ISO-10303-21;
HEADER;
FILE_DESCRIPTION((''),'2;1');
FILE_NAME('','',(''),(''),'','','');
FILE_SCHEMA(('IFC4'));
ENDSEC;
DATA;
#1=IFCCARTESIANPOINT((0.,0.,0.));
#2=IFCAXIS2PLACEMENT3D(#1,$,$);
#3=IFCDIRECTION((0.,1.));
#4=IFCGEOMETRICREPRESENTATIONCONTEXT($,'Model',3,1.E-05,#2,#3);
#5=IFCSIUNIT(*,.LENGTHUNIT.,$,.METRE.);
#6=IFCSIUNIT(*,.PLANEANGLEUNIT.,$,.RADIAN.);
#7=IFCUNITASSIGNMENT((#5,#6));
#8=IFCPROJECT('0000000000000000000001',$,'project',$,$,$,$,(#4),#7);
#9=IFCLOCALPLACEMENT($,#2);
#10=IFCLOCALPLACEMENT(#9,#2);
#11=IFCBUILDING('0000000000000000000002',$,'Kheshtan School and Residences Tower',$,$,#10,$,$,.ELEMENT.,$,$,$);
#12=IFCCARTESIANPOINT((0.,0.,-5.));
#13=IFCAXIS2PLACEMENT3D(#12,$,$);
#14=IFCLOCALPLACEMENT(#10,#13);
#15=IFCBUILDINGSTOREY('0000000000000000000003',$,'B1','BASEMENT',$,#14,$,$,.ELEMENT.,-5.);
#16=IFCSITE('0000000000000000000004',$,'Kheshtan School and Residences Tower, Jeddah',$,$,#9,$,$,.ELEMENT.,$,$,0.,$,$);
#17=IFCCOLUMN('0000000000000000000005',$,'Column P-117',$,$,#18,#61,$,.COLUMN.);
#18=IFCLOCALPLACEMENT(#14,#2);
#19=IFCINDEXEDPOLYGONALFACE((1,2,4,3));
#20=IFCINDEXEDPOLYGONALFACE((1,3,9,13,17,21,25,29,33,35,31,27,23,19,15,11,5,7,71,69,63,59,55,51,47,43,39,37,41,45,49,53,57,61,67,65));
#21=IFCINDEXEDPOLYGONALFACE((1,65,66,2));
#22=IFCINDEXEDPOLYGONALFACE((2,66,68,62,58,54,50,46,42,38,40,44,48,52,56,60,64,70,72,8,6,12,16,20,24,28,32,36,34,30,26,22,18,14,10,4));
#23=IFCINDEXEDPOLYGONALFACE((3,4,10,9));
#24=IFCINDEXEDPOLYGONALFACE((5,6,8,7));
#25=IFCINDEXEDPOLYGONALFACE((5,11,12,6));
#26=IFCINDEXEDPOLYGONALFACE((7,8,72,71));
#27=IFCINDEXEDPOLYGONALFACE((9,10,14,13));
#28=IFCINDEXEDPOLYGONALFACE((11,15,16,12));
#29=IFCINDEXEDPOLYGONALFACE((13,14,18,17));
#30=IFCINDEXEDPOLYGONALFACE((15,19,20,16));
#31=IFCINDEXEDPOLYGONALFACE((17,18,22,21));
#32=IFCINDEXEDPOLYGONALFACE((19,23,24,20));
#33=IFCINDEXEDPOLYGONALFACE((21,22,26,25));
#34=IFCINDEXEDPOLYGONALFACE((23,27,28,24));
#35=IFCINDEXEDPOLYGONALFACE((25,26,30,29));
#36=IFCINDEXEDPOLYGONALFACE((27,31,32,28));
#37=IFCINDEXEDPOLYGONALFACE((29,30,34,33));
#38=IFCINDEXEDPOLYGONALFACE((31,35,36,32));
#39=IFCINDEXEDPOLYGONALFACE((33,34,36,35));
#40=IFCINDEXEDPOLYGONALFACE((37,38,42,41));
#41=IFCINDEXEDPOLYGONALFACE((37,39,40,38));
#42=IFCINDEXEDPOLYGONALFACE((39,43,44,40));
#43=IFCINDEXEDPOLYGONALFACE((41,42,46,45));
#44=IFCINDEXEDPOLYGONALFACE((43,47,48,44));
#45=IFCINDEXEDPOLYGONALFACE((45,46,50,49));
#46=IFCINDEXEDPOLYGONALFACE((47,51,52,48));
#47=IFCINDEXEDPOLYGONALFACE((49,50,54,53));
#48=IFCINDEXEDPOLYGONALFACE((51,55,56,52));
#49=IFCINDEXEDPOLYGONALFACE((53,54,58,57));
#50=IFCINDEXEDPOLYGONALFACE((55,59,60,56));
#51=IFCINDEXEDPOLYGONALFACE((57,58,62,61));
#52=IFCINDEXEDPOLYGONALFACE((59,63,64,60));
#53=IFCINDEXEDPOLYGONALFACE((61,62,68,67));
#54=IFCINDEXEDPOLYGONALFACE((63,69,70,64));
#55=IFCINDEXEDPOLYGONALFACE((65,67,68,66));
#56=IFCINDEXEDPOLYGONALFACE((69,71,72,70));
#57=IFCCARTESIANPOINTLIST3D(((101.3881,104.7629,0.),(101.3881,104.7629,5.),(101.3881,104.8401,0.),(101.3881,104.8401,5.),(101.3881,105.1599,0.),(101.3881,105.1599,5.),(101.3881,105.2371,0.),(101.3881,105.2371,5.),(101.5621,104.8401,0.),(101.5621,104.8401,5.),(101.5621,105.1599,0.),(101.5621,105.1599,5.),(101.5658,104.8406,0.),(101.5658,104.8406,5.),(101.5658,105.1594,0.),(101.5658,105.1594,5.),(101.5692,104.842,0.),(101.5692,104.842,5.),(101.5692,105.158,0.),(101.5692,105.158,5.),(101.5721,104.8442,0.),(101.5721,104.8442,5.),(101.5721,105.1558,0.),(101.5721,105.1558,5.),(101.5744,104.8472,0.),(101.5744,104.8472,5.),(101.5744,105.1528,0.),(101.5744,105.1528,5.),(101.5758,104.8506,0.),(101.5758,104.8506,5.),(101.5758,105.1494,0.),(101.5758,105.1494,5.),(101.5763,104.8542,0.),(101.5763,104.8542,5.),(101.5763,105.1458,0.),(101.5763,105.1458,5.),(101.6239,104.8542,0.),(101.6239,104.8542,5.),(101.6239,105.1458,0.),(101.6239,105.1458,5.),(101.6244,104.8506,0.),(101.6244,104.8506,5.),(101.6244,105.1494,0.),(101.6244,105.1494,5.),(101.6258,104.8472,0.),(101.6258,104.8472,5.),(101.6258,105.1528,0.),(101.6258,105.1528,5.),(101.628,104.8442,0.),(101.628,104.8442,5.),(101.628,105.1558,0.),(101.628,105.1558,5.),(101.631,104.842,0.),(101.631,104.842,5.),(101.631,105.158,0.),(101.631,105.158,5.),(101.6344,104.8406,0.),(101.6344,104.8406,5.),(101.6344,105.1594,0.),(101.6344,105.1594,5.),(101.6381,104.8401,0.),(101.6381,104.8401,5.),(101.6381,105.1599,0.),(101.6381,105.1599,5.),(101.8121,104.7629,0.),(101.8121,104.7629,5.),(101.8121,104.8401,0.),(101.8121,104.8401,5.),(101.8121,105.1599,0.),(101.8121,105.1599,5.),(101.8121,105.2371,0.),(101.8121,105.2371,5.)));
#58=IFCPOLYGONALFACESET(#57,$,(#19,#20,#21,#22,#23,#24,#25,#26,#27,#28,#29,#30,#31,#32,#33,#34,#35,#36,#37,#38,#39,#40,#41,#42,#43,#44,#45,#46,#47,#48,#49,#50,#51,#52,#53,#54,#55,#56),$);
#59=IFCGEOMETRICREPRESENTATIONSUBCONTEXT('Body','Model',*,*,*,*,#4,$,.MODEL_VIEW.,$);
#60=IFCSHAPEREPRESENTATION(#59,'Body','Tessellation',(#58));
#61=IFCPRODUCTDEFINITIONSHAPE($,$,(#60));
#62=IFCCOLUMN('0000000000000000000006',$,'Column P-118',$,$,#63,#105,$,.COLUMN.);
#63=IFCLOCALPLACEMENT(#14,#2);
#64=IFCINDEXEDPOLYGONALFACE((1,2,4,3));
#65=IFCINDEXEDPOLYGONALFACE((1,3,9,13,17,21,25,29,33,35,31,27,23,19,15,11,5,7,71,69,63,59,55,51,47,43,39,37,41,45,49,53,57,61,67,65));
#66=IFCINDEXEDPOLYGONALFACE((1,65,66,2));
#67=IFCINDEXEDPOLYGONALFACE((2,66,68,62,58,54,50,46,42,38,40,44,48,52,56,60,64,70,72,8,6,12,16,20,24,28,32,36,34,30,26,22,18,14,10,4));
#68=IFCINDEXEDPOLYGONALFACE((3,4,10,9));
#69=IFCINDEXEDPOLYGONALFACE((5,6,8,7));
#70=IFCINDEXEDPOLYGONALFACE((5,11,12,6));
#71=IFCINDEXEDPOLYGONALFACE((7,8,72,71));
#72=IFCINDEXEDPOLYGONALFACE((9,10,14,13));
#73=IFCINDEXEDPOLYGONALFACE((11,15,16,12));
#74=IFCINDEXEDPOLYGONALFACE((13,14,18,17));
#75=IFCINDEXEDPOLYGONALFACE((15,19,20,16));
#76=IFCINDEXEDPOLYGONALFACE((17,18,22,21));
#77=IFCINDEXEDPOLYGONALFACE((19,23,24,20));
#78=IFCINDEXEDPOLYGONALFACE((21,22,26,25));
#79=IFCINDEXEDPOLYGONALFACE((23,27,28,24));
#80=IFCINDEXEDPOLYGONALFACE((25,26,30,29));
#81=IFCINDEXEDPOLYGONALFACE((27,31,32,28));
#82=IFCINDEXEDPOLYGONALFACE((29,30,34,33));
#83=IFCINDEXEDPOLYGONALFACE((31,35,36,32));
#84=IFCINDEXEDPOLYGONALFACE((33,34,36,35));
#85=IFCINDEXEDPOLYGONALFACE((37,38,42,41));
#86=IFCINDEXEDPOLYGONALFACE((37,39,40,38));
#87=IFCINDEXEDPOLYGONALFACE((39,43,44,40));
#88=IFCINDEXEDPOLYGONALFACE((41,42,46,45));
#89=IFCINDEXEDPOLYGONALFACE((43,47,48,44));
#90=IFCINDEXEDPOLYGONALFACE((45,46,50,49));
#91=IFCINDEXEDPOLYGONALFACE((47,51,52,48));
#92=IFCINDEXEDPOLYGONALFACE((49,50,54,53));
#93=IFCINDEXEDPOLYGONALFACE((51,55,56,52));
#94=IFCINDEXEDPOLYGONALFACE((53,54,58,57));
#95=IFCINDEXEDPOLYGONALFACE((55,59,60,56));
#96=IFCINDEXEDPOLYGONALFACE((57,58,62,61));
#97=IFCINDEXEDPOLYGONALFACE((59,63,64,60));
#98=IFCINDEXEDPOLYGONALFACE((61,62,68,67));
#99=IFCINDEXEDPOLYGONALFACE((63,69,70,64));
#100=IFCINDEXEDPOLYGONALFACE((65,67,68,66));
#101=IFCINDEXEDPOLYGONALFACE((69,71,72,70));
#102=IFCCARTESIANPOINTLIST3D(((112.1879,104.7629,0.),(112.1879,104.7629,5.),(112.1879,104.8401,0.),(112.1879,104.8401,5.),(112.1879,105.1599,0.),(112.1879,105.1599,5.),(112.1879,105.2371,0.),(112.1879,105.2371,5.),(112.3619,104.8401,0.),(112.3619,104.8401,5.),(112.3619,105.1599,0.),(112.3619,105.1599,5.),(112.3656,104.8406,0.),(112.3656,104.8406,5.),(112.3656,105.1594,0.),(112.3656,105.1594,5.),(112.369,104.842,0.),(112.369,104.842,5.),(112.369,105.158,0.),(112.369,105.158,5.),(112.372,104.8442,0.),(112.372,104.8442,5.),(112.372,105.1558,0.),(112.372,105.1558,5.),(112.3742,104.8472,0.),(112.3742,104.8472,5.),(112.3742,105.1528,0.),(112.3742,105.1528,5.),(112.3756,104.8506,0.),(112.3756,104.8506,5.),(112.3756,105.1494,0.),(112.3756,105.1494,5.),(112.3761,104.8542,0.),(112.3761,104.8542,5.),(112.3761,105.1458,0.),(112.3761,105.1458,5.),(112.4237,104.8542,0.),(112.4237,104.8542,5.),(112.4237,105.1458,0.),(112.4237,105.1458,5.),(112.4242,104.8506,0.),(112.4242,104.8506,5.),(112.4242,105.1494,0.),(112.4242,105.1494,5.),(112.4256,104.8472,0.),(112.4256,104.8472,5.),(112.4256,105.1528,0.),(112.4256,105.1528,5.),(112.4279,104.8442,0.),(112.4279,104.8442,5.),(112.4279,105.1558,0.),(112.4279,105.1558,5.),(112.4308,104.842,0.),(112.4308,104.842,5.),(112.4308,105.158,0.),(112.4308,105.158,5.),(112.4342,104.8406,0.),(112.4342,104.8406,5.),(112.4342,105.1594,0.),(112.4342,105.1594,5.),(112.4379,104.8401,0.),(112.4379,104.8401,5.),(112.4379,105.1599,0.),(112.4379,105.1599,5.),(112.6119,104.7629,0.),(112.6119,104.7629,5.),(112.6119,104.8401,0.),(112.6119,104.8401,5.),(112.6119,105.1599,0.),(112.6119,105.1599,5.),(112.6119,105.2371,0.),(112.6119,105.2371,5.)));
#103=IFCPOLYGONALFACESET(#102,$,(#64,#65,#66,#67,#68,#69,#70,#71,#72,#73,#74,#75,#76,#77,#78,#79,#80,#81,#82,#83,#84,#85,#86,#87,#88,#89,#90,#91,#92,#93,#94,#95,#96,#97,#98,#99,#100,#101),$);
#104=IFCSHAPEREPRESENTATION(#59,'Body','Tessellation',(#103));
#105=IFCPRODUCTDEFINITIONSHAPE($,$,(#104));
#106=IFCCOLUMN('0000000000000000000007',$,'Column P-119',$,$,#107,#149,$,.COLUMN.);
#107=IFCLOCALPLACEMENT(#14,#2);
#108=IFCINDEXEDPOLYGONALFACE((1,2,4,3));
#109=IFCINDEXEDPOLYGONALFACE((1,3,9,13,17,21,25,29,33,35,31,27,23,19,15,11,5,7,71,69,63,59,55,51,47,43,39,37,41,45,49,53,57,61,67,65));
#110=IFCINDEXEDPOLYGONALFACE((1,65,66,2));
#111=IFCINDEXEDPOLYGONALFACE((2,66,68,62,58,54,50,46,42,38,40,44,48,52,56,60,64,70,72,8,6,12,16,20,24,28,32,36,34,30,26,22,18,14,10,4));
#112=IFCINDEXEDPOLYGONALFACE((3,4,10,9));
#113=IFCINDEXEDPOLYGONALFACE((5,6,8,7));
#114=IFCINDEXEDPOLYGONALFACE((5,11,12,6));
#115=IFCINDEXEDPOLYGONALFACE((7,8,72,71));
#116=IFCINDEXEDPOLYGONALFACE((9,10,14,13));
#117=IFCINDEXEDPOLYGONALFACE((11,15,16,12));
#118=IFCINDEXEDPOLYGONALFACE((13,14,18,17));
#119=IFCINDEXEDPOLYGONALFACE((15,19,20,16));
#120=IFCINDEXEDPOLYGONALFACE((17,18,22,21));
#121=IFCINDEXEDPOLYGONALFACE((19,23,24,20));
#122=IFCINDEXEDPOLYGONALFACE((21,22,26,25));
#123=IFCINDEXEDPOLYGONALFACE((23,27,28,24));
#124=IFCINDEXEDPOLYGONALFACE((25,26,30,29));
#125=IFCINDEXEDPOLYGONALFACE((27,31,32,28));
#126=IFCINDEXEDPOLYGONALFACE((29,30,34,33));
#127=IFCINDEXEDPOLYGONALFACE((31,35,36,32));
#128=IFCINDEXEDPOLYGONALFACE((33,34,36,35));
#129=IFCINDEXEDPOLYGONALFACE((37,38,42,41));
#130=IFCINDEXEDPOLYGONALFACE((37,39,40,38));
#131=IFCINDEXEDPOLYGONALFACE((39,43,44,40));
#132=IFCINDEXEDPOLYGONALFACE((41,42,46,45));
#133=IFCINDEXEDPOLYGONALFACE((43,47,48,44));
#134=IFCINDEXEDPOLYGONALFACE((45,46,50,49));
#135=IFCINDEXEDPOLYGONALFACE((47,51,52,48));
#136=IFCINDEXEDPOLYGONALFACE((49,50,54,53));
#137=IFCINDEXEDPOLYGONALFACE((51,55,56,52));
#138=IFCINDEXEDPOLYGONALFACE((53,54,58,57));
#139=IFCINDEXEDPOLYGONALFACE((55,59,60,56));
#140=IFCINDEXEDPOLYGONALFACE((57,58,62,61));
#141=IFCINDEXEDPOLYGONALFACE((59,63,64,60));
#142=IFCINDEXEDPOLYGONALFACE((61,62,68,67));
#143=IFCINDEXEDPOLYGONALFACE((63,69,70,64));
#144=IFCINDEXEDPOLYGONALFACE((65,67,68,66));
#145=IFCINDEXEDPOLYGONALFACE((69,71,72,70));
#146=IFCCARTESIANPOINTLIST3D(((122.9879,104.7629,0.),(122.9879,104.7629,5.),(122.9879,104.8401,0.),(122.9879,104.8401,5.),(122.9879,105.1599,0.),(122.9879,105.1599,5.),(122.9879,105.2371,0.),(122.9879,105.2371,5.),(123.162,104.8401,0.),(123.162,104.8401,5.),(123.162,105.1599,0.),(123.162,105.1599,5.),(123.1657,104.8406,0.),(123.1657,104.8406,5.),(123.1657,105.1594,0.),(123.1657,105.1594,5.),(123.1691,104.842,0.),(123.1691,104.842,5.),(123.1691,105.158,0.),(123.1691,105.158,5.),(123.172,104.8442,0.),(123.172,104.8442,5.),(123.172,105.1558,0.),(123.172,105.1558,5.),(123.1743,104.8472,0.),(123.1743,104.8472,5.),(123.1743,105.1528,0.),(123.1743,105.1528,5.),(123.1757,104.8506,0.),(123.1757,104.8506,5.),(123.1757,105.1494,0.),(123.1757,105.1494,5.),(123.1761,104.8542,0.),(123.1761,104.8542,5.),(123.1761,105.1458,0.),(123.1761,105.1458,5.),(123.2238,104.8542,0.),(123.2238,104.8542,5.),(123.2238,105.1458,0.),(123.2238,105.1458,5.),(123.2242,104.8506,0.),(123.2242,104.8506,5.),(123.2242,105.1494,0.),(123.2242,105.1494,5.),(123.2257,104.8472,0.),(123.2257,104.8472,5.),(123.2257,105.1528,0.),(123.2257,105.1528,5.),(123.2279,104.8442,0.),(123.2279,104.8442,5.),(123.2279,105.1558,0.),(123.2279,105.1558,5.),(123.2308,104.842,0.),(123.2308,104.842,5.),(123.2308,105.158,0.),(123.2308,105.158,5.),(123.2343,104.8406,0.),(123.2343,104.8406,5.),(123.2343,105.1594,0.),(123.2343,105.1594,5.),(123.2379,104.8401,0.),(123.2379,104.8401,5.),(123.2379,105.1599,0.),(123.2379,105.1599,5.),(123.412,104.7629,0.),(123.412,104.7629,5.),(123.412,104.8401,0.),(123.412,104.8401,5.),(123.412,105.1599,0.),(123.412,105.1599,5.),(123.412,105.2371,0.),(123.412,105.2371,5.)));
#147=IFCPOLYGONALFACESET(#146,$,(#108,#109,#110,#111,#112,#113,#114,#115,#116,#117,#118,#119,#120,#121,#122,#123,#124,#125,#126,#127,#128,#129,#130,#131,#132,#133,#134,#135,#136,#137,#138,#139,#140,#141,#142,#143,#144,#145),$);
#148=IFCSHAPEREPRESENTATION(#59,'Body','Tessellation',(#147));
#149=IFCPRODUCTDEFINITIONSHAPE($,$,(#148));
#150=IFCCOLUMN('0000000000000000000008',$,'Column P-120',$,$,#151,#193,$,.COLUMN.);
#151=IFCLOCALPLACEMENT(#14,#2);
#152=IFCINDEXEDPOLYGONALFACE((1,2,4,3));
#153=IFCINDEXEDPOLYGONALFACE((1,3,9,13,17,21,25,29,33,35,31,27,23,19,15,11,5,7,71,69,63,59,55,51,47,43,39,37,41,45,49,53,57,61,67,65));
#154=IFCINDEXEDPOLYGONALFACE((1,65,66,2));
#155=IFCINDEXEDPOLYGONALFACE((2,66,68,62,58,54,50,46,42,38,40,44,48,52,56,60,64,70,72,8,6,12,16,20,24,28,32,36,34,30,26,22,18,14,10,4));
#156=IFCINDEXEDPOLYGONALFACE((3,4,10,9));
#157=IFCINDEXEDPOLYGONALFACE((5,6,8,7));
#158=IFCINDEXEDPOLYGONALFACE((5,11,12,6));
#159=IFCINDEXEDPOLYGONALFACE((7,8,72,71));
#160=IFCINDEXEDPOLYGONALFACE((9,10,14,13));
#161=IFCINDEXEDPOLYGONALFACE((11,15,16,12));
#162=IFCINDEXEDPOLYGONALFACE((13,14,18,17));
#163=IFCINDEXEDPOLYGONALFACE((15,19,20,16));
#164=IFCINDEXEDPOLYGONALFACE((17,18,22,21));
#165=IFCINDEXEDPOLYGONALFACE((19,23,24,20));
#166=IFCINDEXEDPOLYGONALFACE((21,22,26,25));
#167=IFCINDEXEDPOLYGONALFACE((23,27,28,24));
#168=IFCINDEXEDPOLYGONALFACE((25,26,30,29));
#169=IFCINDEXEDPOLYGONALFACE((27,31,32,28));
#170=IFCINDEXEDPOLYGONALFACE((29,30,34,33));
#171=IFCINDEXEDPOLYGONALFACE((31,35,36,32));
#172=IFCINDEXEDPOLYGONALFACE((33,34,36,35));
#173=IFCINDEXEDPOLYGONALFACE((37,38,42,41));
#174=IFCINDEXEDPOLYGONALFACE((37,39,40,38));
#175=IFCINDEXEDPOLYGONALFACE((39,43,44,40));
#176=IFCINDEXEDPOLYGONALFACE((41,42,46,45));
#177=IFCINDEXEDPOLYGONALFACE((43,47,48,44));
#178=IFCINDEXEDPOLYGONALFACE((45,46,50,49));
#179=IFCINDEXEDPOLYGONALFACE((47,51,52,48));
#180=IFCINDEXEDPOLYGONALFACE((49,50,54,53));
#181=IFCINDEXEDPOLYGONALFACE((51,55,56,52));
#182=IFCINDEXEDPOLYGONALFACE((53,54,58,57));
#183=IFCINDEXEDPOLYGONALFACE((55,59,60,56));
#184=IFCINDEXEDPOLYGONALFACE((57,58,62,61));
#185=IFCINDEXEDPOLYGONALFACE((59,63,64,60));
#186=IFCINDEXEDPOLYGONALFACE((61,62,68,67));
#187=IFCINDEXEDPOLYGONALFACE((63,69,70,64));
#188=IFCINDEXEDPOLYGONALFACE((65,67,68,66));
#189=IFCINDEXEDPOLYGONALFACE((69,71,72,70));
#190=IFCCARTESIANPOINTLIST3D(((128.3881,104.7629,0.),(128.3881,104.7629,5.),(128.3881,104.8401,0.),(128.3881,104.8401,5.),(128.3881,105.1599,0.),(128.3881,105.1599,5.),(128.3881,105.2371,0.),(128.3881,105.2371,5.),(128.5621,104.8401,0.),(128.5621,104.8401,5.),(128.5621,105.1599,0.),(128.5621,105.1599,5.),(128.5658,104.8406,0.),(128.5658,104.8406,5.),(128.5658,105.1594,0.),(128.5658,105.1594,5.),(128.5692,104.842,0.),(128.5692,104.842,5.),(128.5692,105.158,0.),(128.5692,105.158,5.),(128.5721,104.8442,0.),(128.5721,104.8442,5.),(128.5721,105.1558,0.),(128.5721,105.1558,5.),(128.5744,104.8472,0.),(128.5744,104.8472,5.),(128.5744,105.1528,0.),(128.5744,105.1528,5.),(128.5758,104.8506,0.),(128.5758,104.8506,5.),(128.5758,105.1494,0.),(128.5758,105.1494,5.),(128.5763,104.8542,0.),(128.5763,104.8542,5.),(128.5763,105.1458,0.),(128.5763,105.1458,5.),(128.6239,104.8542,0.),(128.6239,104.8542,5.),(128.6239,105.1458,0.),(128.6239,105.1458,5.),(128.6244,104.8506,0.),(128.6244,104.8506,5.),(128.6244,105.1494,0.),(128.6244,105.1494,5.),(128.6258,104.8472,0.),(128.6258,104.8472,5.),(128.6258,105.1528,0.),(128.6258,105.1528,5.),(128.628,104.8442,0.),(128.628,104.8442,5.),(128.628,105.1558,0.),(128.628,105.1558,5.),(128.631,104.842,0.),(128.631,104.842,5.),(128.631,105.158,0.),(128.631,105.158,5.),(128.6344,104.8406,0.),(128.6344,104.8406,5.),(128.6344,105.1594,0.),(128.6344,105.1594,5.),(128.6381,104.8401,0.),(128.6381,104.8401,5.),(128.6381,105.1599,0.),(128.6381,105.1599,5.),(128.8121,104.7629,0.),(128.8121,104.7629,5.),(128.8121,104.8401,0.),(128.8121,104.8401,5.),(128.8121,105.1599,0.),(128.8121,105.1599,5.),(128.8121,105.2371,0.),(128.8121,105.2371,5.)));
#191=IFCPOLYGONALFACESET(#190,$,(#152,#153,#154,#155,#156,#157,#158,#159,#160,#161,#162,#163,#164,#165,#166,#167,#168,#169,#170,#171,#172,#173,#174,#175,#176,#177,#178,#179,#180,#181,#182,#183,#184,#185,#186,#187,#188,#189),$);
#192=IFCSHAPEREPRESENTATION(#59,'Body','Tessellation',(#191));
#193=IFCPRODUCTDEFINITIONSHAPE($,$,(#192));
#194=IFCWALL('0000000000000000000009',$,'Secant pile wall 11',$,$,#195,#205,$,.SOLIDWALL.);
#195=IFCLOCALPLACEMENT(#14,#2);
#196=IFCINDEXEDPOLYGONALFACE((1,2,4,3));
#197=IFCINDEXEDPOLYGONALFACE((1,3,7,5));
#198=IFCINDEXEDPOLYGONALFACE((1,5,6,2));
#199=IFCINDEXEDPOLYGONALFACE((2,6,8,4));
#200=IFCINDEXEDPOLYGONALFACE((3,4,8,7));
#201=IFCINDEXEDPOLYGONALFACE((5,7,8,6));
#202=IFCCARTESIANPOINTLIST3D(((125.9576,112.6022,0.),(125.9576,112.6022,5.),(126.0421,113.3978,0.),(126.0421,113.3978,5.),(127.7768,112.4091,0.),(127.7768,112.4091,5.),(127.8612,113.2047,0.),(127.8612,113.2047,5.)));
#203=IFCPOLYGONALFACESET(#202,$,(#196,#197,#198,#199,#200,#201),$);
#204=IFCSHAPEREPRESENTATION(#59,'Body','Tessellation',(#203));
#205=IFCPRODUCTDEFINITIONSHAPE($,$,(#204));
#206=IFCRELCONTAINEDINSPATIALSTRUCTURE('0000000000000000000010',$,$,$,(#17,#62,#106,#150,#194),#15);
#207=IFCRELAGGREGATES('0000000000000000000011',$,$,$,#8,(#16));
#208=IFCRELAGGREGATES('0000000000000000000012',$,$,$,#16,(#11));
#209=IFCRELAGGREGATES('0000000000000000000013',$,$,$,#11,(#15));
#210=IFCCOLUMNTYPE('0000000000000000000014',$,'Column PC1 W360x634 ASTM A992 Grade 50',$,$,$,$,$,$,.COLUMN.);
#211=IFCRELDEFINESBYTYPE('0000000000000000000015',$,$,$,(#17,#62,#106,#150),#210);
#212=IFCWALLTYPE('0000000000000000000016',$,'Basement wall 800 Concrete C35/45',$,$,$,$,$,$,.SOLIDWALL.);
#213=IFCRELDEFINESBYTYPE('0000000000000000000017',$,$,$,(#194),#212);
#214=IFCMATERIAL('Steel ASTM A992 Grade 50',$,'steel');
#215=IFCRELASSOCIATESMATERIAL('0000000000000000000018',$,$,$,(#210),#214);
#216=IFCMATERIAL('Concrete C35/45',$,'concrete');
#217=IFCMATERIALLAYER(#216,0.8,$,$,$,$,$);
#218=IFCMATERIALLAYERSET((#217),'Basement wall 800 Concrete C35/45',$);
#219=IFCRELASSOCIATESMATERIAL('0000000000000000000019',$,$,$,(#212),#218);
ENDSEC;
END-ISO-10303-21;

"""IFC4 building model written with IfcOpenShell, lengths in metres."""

from ifc_helpers import new_model, si_unit, direction, frame, frame_2d, origin, origin_2d, place, context, subcontext, project, spatial, rectangle, i_section, extrude, material, layer, layer_set, material_profile, profile_set, type_object, element, save


model = new_model("IFC4")

# Units and contexts
model_context = context("Model", 3, precision=1e-05, world=origin(), true_north=direction((0.0, 1.0)))
body_context = subcontext(model_context, "Body", "Model", "MODEL_VIEW")
ifc_project = project(units=[si_unit("LENGTHUNIT", "METRE"), si_unit("PLANEANGLEUNIT", "RADIAN")], contexts=[model_context])

# Site, building, storey
site_placement = place(None, origin())
site = spatial("IfcSite", under=ifc_project, at=site_placement, Name="Kheshtan School and Residences Tower, Jeddah", CompositionType="ELEMENT", RefElevation=0.0)
building_placement = place(site_placement, origin())
building = spatial("IfcBuilding", under=site, at=building_placement, Name="Kheshtan School and Residences Tower", CompositionType="ELEMENT")
storey_placement = place(building_placement, frame((0.0, 0.0, -5.0)))
storey = spatial("IfcBuildingStorey", under=building, at=storey_placement, Name="B1", Description="BASEMENT", CompositionType="ELEMENT", Elevation=-5.0)

# Columns
ifc_material_1 = material(Name="Steel ASTM A992 Grade 50", Category="steel")
ifc_material_profile = material_profile(ifc_material_1, i_section(OverallWidth=0.4241, OverallDepth=0.4741, WebThickness=0.0476, FlangeThickness=0.0771, FilletRadius=0.0142, at=origin_2d()), Name="W360x634")
ifc_profile_set = profile_set([ifc_material_profile], Name="Steel ASTM A992 Grade 50")
column_type = type_object("IfcColumnType", Name="Column PC1 W360x634 ASTM A992 Grade 50", PredefinedType="COLUMN", material=ifc_profile_set)
for number, where, z_axis, x_axis, name in (
    (1, (101.6001, 105.0, 0.0), (0.0, 0.0, 1.0), (1.0, 0.0, 0.0), "Column P-117"),
    (2, (112.3999, 105.0, 0.0), (0.0, 0.0, 1.0), (1.0, 0.0, 0.0), "Column P-118"),
    (3, (123.2, 105.0, 0.0), (0.0, 0.0, 1.0), (1.0, 0.0, 0.0), "Column P-119"),
    (4, (128.6001, 105.0, 0.0), (0.0, 0.0, 1.0), (1.0, 0.0, 0.0), "Column P-120"),
):
    element("IfcColumn", number, at=place(storey_placement, frame(where, z_axis=z_axis, x_axis=x_axis)), inside=storey, type_object=column_type, Name=name, PredefinedType="COLUMN", context=body_context, shape_type="SweptSolid", body=[
        extrude(i_section(OverallWidth=0.4241, OverallDepth=0.4741, WebThickness=0.0476, FlangeThickness=0.0771, FilletRadius=0.0142, at=origin_2d()), origin(), (0.0, 0.0, 1.0), 5.0),
    ])

# Wall
ifc_material_2 = material(Name="Concrete C35/45", Category="concrete")
ifc_layer = layer(ifc_material_2, 0.8)
ifc_layer_set = layer_set([ifc_layer], Name="Basement wall 800 Concrete C35/45")
wall_type = type_object("IfcWallType", Name="Basement wall 800 Concrete C35/45", PredefinedType="SOLIDWALL", material=ifc_layer_set)
wall_1_placement = place(storey_placement, frame((126.0, 113.0, 0.0), z_axis=(0.0, 0.0, 1.0), x_axis=(0.994412, -0.105567, 0.0)))
element("IfcWall", 5, at=wall_1_placement, inside=storey, type_object=wall_type, Name="Secant pile wall 11", PredefinedType="SOLIDWALL", context=body_context, shape_type="SweptSolid", body=[
    extrude(rectangle(XDim=1.8293, YDim=0.8, at=frame_2d((0.9146, 0.0))), origin(), (0.0, 0.0, 1.0), 5.0),
])

save(model, "model.ifc")
